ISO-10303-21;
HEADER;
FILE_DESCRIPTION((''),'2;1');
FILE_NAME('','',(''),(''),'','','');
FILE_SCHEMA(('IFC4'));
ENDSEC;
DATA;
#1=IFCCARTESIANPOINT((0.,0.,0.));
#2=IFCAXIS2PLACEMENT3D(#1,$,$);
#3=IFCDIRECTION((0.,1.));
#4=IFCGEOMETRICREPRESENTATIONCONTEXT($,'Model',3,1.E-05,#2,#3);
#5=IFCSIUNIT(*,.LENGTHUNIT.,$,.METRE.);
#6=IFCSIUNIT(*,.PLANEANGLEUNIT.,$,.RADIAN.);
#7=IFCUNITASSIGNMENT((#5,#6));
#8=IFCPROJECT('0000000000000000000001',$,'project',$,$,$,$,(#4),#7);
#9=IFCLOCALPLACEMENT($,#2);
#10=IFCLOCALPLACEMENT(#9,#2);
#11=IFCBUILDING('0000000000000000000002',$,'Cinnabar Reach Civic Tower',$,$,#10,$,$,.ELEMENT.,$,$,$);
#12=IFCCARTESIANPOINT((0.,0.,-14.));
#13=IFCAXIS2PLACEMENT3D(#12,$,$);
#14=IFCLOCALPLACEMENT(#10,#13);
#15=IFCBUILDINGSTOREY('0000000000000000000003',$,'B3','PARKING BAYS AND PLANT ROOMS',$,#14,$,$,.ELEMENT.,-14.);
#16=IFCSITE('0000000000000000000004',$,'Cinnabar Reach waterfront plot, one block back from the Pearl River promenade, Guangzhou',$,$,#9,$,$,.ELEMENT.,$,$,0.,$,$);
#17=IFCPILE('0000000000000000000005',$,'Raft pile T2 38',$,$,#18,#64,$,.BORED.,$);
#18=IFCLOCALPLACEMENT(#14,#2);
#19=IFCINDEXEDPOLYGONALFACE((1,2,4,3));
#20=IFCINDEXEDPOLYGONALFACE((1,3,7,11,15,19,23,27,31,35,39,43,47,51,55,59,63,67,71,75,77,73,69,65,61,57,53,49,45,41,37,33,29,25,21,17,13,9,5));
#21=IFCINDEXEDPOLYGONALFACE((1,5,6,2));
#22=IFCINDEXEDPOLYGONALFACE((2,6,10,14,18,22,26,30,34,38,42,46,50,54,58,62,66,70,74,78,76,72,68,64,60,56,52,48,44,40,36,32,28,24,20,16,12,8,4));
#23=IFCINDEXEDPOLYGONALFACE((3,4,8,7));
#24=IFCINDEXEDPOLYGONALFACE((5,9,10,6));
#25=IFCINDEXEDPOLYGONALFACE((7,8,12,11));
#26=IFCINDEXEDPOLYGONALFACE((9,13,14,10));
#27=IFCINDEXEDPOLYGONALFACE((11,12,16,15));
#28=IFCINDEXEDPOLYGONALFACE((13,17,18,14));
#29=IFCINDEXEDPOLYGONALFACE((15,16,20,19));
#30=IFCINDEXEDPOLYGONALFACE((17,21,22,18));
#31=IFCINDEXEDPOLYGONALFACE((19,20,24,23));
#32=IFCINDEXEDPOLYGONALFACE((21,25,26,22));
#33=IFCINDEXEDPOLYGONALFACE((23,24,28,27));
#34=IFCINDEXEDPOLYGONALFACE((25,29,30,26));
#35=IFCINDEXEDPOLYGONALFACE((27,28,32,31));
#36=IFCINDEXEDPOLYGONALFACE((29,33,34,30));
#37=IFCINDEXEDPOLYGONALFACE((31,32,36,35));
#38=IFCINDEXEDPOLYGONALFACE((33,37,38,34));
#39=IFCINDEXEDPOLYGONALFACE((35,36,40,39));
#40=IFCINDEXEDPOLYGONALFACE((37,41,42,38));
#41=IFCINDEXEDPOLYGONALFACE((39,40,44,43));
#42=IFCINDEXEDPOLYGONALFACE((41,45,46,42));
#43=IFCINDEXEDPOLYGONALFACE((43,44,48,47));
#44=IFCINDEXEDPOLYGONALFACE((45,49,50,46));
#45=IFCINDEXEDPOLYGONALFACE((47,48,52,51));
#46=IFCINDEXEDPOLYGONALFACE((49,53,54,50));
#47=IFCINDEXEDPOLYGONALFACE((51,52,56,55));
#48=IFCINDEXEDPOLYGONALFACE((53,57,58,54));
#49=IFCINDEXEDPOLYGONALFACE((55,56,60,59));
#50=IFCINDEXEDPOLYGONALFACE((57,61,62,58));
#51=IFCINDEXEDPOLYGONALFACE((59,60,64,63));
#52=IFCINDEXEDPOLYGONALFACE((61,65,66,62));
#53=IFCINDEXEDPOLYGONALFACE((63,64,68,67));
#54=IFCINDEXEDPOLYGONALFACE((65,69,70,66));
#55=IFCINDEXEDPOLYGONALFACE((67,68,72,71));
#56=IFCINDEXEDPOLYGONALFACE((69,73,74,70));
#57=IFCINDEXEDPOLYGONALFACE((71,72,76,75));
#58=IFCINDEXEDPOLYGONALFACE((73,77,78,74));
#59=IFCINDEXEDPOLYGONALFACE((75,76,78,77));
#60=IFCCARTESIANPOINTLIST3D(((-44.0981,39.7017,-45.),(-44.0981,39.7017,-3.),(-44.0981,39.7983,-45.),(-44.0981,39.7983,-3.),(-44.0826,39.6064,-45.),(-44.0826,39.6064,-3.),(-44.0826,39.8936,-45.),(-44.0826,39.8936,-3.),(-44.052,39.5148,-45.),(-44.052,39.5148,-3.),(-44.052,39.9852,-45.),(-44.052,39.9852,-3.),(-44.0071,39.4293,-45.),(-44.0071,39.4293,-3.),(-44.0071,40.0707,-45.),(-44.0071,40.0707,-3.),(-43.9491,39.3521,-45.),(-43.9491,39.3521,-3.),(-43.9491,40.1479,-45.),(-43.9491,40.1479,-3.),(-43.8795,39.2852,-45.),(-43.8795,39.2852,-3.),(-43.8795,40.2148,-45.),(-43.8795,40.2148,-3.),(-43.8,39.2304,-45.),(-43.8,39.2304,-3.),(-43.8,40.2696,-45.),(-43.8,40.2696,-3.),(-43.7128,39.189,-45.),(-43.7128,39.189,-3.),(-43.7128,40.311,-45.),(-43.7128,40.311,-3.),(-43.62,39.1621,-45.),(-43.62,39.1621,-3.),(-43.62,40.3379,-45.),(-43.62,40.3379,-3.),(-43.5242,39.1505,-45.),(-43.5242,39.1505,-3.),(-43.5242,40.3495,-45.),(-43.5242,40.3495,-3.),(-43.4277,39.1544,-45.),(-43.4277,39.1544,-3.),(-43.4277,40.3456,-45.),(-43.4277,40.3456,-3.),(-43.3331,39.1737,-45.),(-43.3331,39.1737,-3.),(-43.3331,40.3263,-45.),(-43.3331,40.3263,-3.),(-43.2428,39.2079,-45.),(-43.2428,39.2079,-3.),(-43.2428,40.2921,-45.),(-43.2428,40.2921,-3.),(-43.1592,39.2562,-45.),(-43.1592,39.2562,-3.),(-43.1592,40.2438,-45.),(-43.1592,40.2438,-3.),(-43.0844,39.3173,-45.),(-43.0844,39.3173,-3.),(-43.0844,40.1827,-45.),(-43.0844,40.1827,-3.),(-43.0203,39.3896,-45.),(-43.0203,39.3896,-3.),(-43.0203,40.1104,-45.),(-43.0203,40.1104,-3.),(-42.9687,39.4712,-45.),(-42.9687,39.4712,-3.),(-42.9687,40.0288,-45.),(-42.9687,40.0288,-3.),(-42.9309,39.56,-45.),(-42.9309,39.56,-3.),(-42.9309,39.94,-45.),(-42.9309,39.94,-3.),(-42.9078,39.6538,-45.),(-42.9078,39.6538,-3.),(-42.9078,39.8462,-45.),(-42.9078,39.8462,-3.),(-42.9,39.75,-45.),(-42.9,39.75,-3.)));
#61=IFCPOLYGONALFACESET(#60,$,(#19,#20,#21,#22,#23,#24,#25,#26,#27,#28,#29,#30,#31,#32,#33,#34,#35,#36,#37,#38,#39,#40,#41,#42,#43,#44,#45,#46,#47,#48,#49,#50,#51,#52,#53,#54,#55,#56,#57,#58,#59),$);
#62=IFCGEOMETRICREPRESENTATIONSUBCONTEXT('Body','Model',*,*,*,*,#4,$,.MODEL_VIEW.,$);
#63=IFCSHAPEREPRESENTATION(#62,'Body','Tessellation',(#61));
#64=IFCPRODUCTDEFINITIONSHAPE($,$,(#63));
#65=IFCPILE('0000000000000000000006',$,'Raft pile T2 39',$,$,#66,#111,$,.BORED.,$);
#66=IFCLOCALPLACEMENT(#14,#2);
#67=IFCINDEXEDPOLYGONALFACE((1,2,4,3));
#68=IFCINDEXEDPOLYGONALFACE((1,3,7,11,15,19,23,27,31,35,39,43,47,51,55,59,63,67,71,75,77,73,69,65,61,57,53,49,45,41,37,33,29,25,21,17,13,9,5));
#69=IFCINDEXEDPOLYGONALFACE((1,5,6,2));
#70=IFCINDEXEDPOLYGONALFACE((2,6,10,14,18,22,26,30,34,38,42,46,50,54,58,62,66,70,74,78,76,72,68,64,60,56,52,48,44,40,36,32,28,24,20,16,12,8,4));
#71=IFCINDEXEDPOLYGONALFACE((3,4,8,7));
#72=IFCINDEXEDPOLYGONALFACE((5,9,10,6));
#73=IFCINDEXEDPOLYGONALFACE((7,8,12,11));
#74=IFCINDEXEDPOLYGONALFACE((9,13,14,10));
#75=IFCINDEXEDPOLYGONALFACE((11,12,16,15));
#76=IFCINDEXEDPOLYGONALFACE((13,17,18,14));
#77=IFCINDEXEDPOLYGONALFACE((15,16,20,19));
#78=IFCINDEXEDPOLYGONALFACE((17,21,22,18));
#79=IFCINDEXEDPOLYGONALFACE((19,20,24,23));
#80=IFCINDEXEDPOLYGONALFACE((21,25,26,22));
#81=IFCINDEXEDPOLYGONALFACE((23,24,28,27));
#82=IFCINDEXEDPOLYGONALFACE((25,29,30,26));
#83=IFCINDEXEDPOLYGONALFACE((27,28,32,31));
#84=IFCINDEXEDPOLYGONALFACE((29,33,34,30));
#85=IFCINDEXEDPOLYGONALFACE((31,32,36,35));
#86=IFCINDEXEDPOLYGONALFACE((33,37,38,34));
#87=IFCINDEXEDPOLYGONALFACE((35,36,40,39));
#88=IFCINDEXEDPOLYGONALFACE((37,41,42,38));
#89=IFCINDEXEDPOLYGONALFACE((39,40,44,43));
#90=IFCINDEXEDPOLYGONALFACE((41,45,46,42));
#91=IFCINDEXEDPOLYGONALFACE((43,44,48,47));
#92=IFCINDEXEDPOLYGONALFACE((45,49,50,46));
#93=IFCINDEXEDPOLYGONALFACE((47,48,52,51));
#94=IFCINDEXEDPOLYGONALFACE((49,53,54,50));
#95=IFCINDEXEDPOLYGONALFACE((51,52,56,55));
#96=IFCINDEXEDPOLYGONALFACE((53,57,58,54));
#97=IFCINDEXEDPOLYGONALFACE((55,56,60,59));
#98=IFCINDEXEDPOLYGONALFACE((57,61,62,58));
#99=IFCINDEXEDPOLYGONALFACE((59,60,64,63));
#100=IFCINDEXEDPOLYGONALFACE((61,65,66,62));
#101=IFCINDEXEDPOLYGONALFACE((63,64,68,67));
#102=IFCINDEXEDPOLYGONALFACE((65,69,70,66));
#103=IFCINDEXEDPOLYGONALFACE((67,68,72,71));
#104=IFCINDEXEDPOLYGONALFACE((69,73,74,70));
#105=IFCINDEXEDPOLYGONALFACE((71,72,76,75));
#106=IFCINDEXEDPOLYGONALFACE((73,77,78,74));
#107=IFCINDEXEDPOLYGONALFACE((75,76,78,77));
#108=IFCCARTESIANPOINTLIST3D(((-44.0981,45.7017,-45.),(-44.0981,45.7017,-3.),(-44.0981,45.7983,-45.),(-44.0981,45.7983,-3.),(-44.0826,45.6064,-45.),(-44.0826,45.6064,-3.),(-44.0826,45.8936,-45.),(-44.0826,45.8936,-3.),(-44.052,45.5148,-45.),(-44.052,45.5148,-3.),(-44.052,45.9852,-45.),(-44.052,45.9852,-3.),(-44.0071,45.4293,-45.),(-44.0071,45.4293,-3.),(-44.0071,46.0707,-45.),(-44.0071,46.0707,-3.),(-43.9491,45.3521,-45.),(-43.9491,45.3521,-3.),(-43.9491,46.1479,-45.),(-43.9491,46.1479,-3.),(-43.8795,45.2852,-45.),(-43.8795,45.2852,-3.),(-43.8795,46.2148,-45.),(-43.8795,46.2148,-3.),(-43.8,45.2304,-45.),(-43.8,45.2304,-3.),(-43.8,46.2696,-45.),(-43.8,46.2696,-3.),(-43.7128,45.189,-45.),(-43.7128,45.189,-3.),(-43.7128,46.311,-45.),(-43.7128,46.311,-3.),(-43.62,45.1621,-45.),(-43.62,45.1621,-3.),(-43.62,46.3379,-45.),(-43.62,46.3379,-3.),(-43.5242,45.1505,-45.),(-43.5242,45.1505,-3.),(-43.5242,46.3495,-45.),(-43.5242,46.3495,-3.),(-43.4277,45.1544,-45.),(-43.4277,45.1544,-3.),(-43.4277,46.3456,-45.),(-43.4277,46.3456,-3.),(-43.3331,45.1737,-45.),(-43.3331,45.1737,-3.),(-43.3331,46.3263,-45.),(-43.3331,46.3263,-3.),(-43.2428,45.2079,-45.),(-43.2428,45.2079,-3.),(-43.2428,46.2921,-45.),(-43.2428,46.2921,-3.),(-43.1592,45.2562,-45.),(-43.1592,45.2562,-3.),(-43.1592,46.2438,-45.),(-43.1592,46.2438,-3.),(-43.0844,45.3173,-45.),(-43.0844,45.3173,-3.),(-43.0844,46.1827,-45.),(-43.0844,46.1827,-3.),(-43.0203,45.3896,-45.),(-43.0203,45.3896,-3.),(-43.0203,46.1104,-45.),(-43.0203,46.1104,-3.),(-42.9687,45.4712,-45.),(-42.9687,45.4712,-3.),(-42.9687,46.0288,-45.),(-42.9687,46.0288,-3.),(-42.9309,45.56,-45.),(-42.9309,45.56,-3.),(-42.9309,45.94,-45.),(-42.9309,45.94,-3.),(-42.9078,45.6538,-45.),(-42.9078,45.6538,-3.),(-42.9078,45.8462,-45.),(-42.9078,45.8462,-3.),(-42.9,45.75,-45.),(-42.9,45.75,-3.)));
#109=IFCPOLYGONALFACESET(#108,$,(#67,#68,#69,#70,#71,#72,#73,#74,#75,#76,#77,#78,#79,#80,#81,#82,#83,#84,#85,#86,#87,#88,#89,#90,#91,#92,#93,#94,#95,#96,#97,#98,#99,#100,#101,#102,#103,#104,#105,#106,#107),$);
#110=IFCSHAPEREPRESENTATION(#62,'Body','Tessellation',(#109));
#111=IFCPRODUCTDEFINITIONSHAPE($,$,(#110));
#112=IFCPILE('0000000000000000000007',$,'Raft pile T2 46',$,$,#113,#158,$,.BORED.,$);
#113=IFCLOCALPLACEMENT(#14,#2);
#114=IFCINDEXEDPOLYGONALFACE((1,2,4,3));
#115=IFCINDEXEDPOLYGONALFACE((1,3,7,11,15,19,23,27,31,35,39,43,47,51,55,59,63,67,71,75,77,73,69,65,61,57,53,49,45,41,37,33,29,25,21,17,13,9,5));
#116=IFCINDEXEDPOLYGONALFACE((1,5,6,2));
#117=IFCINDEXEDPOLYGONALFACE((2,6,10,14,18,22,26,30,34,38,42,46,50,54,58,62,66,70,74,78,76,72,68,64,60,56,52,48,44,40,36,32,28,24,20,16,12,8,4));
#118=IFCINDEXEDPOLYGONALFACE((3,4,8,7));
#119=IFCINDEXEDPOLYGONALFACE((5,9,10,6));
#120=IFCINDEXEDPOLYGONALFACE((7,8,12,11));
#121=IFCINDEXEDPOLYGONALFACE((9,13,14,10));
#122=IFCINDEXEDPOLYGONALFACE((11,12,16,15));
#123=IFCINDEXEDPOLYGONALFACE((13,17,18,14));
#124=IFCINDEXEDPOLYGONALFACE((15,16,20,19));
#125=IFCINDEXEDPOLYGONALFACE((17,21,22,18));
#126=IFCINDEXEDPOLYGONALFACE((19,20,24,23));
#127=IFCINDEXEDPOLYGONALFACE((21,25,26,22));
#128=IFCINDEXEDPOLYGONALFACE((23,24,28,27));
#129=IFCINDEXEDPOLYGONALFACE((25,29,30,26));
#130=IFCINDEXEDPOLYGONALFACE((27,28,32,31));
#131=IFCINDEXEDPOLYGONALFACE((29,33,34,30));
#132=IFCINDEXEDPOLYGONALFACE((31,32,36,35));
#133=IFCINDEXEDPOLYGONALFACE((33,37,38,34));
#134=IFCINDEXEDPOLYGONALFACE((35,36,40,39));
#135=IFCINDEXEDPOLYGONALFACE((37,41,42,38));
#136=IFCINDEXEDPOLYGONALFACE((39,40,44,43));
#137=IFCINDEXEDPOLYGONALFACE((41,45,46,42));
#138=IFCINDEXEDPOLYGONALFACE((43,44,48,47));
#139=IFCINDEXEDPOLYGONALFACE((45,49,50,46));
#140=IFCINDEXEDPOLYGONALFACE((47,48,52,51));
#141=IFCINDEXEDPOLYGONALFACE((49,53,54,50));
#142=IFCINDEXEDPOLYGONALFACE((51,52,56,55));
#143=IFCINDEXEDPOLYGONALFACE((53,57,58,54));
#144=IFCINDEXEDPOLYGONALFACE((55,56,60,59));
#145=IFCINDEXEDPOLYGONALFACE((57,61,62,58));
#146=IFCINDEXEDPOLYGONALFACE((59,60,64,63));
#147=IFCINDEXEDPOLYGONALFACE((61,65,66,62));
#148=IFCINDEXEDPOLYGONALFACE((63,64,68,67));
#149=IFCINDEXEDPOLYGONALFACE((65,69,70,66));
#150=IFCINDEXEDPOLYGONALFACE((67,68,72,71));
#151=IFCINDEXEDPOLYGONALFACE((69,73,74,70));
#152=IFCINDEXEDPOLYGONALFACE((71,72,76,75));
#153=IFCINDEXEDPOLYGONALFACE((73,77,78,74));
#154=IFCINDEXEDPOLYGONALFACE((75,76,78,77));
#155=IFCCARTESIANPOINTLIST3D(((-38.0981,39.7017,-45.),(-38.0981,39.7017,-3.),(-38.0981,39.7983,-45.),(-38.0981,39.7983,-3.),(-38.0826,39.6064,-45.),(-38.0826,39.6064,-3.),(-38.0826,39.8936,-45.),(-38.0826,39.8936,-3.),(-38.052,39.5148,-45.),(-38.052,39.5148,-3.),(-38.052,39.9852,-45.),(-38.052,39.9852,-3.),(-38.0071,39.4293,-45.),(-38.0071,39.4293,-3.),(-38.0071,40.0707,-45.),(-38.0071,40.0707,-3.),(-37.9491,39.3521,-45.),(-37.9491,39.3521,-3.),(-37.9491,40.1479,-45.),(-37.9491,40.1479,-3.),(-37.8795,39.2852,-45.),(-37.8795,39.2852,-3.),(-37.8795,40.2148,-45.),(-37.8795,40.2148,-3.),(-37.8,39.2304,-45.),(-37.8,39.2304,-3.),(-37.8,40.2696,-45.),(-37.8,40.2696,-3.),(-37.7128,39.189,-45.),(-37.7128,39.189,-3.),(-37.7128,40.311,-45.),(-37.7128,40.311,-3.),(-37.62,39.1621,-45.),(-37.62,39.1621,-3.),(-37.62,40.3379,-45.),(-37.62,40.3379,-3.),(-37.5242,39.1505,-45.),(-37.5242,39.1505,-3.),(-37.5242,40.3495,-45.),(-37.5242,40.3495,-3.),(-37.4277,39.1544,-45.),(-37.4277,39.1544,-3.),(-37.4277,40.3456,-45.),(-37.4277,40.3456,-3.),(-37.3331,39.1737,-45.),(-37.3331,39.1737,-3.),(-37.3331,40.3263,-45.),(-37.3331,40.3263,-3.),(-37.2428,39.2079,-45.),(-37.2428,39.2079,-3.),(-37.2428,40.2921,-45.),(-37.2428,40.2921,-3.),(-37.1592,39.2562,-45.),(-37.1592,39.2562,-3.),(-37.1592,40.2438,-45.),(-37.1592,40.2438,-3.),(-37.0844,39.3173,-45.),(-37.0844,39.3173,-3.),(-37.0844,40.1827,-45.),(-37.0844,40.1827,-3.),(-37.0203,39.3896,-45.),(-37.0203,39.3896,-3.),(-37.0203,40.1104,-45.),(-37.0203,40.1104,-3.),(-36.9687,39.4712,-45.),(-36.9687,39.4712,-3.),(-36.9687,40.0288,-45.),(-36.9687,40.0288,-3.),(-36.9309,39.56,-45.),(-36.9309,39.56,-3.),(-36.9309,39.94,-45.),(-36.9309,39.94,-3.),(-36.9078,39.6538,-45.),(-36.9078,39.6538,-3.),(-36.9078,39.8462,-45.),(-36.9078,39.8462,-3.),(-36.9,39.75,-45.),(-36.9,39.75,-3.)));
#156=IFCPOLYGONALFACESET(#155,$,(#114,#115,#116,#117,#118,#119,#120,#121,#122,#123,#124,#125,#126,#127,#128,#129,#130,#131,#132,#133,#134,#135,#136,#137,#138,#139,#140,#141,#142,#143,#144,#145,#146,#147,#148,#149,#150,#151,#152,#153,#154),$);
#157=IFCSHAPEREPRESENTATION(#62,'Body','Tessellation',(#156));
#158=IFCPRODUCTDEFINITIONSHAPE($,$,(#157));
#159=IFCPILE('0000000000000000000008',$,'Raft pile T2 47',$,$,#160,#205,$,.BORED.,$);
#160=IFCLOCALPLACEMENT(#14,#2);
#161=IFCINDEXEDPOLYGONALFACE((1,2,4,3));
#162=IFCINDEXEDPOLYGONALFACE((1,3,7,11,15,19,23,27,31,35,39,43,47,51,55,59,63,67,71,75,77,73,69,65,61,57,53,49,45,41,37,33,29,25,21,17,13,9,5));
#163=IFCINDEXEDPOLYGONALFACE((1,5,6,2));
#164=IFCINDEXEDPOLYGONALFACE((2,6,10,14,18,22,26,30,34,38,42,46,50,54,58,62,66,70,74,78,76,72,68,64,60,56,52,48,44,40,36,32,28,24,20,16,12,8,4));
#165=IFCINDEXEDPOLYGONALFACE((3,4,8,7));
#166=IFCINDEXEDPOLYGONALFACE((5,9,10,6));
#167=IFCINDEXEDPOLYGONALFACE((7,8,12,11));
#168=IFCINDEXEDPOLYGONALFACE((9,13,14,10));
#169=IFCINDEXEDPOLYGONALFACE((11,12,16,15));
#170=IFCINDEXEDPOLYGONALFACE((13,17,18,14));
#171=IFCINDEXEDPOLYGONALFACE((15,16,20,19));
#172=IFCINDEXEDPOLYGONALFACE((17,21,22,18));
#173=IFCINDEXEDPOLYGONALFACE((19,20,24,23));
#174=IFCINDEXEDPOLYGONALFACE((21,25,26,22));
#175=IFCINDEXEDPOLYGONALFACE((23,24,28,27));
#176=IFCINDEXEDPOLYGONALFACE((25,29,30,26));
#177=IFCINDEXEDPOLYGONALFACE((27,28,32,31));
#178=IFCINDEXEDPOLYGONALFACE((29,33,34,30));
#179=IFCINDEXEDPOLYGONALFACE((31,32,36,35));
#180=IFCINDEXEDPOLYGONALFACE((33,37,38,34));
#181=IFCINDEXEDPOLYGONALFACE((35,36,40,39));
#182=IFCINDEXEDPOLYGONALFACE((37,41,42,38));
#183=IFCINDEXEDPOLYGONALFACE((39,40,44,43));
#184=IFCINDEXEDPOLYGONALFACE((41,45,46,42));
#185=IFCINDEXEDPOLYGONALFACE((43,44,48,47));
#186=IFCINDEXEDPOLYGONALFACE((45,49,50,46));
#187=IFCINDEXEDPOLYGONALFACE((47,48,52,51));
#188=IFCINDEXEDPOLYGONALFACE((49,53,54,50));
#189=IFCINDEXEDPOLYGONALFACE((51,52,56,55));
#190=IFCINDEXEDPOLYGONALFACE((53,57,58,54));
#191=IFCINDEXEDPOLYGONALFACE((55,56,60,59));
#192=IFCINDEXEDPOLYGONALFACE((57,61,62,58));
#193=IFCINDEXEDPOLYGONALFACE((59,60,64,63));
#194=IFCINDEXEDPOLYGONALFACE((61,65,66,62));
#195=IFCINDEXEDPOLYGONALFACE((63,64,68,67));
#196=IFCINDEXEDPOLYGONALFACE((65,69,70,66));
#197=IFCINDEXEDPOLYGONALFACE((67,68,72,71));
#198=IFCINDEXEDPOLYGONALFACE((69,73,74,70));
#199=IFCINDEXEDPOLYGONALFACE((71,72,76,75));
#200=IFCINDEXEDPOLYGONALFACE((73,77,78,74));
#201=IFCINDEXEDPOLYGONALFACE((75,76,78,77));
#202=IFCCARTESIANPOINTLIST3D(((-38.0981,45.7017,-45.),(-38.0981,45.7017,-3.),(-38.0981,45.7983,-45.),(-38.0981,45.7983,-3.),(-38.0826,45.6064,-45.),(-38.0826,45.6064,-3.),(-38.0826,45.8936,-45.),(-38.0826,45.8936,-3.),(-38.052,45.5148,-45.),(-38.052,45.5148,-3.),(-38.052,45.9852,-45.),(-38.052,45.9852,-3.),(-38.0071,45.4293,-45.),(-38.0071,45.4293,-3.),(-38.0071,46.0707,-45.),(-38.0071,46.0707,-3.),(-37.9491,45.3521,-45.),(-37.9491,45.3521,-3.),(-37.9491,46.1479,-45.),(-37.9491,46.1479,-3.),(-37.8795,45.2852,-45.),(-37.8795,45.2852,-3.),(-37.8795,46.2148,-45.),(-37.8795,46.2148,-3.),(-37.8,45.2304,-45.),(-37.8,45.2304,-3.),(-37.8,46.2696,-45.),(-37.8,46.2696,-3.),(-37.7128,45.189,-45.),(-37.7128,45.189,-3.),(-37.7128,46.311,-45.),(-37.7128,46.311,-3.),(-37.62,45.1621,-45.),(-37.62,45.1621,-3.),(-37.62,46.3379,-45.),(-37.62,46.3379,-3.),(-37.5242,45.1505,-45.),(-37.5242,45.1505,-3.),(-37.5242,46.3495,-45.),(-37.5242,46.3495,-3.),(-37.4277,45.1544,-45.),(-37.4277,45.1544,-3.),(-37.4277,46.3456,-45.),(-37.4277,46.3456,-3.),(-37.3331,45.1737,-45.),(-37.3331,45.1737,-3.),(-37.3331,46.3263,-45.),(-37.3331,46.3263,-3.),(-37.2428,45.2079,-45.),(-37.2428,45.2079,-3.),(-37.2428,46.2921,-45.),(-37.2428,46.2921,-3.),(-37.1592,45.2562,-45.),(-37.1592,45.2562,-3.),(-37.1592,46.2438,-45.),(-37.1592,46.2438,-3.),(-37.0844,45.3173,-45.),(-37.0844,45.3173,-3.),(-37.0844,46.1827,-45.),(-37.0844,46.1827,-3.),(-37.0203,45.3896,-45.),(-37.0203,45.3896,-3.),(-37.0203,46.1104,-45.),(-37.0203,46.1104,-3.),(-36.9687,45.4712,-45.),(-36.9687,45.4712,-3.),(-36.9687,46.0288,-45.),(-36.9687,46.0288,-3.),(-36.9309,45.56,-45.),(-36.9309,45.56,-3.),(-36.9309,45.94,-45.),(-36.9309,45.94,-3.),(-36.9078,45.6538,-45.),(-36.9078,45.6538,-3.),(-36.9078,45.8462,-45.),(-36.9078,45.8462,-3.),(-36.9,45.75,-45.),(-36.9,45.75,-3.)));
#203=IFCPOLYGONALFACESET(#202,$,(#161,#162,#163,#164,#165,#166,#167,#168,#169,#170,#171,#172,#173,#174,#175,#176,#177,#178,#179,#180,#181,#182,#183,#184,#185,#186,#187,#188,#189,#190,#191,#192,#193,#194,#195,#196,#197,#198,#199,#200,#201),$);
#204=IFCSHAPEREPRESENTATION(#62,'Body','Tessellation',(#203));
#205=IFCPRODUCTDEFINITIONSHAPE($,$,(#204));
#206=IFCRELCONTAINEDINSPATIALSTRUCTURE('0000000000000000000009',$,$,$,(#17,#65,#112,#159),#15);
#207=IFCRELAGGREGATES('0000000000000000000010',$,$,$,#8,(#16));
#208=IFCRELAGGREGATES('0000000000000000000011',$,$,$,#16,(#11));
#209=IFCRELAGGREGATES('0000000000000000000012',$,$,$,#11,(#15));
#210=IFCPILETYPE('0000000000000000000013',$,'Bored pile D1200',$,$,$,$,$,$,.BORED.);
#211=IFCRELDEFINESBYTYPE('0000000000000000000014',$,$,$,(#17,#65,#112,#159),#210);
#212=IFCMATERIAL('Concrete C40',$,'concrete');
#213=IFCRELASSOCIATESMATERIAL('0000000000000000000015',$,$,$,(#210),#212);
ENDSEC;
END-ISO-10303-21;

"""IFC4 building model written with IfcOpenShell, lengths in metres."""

from ifc_helpers import new_model, si_unit, direction, frame, origin, origin_2d, place, context, subcontext, project, spatial, circle, extrude, material, type_object, element, save


model = new_model("IFC4")

# Units and contexts
model_context = context("Model", 3, precision=1e-05, world=origin(), true_north=direction((0.0, 1.0)))
body_context = subcontext(model_context, "Body", "Model", "MODEL_VIEW")
ifc_project = project(units=[si_unit("LENGTHUNIT", "METRE"), si_unit("PLANEANGLEUNIT", "RADIAN")], contexts=[model_context])

# Site, building, storey
site_placement = place(None, origin())
site = spatial("IfcSite", under=ifc_project, at=site_placement, Name="Cinnabar Reach waterfront plot, one block back from the Pearl River promenade, Guangzhou", CompositionType="ELEMENT", RefElevation=0.0)
building_placement = place(site_placement, origin())
building = spatial("IfcBuilding", under=site, at=building_placement, Name="Cinnabar Reach Civic Tower", CompositionType="ELEMENT")
storey_placement = place(building_placement, frame((0.0, 0.0, -14.0)))
storey = spatial("IfcBuildingStorey", under=building, at=storey_placement, Name="B3", Description="PARKING BAYS AND PLANT ROOMS", CompositionType="ELEMENT", Elevation=-14.0)

# Piles
ifc_material_1 = material(Name="Concrete C40", Category="concrete")
pile_type_1 = type_object("IfcPileType", Name="Bored pile D1200", PredefinedType="BORED", material=ifc_material_1)
for number, where, z_axis, x_axis, name in (
    (1, (-43.5, 39.75, -3.0), (0.0, 0.0, -1.0), (1.0, 0.0, 0.0), "Raft pile T2 38"),
    (2, (-43.5, 45.75, -3.0), (0.0, 0.0, -1.0), (1.0, 0.0, 0.0), "Raft pile T2 39"),
    (3, (-37.5, 39.75, -3.0), (0.0, 0.0, -1.0), (1.0, 0.0, 0.0), "Raft pile T2 46"),
    (4, (-37.5, 45.75, -3.0), (0.0, 0.0, -1.0), (1.0, 0.0, 0.0), "Raft pile T2 47"),
):
    element("IfcPile", number, at=place(storey_placement, frame(where, z_axis=z_axis, x_axis=x_axis)), inside=storey, type_object=pile_type_1, Name=name, PredefinedType="BORED", context=body_context, shape_type="SweptSolid", body=[
        extrude(circle(Radius=0.6, at=origin_2d()), origin(), (0.0, 0.0, 1.0), 42.0),
    ])

save(model, "model.ifc")
